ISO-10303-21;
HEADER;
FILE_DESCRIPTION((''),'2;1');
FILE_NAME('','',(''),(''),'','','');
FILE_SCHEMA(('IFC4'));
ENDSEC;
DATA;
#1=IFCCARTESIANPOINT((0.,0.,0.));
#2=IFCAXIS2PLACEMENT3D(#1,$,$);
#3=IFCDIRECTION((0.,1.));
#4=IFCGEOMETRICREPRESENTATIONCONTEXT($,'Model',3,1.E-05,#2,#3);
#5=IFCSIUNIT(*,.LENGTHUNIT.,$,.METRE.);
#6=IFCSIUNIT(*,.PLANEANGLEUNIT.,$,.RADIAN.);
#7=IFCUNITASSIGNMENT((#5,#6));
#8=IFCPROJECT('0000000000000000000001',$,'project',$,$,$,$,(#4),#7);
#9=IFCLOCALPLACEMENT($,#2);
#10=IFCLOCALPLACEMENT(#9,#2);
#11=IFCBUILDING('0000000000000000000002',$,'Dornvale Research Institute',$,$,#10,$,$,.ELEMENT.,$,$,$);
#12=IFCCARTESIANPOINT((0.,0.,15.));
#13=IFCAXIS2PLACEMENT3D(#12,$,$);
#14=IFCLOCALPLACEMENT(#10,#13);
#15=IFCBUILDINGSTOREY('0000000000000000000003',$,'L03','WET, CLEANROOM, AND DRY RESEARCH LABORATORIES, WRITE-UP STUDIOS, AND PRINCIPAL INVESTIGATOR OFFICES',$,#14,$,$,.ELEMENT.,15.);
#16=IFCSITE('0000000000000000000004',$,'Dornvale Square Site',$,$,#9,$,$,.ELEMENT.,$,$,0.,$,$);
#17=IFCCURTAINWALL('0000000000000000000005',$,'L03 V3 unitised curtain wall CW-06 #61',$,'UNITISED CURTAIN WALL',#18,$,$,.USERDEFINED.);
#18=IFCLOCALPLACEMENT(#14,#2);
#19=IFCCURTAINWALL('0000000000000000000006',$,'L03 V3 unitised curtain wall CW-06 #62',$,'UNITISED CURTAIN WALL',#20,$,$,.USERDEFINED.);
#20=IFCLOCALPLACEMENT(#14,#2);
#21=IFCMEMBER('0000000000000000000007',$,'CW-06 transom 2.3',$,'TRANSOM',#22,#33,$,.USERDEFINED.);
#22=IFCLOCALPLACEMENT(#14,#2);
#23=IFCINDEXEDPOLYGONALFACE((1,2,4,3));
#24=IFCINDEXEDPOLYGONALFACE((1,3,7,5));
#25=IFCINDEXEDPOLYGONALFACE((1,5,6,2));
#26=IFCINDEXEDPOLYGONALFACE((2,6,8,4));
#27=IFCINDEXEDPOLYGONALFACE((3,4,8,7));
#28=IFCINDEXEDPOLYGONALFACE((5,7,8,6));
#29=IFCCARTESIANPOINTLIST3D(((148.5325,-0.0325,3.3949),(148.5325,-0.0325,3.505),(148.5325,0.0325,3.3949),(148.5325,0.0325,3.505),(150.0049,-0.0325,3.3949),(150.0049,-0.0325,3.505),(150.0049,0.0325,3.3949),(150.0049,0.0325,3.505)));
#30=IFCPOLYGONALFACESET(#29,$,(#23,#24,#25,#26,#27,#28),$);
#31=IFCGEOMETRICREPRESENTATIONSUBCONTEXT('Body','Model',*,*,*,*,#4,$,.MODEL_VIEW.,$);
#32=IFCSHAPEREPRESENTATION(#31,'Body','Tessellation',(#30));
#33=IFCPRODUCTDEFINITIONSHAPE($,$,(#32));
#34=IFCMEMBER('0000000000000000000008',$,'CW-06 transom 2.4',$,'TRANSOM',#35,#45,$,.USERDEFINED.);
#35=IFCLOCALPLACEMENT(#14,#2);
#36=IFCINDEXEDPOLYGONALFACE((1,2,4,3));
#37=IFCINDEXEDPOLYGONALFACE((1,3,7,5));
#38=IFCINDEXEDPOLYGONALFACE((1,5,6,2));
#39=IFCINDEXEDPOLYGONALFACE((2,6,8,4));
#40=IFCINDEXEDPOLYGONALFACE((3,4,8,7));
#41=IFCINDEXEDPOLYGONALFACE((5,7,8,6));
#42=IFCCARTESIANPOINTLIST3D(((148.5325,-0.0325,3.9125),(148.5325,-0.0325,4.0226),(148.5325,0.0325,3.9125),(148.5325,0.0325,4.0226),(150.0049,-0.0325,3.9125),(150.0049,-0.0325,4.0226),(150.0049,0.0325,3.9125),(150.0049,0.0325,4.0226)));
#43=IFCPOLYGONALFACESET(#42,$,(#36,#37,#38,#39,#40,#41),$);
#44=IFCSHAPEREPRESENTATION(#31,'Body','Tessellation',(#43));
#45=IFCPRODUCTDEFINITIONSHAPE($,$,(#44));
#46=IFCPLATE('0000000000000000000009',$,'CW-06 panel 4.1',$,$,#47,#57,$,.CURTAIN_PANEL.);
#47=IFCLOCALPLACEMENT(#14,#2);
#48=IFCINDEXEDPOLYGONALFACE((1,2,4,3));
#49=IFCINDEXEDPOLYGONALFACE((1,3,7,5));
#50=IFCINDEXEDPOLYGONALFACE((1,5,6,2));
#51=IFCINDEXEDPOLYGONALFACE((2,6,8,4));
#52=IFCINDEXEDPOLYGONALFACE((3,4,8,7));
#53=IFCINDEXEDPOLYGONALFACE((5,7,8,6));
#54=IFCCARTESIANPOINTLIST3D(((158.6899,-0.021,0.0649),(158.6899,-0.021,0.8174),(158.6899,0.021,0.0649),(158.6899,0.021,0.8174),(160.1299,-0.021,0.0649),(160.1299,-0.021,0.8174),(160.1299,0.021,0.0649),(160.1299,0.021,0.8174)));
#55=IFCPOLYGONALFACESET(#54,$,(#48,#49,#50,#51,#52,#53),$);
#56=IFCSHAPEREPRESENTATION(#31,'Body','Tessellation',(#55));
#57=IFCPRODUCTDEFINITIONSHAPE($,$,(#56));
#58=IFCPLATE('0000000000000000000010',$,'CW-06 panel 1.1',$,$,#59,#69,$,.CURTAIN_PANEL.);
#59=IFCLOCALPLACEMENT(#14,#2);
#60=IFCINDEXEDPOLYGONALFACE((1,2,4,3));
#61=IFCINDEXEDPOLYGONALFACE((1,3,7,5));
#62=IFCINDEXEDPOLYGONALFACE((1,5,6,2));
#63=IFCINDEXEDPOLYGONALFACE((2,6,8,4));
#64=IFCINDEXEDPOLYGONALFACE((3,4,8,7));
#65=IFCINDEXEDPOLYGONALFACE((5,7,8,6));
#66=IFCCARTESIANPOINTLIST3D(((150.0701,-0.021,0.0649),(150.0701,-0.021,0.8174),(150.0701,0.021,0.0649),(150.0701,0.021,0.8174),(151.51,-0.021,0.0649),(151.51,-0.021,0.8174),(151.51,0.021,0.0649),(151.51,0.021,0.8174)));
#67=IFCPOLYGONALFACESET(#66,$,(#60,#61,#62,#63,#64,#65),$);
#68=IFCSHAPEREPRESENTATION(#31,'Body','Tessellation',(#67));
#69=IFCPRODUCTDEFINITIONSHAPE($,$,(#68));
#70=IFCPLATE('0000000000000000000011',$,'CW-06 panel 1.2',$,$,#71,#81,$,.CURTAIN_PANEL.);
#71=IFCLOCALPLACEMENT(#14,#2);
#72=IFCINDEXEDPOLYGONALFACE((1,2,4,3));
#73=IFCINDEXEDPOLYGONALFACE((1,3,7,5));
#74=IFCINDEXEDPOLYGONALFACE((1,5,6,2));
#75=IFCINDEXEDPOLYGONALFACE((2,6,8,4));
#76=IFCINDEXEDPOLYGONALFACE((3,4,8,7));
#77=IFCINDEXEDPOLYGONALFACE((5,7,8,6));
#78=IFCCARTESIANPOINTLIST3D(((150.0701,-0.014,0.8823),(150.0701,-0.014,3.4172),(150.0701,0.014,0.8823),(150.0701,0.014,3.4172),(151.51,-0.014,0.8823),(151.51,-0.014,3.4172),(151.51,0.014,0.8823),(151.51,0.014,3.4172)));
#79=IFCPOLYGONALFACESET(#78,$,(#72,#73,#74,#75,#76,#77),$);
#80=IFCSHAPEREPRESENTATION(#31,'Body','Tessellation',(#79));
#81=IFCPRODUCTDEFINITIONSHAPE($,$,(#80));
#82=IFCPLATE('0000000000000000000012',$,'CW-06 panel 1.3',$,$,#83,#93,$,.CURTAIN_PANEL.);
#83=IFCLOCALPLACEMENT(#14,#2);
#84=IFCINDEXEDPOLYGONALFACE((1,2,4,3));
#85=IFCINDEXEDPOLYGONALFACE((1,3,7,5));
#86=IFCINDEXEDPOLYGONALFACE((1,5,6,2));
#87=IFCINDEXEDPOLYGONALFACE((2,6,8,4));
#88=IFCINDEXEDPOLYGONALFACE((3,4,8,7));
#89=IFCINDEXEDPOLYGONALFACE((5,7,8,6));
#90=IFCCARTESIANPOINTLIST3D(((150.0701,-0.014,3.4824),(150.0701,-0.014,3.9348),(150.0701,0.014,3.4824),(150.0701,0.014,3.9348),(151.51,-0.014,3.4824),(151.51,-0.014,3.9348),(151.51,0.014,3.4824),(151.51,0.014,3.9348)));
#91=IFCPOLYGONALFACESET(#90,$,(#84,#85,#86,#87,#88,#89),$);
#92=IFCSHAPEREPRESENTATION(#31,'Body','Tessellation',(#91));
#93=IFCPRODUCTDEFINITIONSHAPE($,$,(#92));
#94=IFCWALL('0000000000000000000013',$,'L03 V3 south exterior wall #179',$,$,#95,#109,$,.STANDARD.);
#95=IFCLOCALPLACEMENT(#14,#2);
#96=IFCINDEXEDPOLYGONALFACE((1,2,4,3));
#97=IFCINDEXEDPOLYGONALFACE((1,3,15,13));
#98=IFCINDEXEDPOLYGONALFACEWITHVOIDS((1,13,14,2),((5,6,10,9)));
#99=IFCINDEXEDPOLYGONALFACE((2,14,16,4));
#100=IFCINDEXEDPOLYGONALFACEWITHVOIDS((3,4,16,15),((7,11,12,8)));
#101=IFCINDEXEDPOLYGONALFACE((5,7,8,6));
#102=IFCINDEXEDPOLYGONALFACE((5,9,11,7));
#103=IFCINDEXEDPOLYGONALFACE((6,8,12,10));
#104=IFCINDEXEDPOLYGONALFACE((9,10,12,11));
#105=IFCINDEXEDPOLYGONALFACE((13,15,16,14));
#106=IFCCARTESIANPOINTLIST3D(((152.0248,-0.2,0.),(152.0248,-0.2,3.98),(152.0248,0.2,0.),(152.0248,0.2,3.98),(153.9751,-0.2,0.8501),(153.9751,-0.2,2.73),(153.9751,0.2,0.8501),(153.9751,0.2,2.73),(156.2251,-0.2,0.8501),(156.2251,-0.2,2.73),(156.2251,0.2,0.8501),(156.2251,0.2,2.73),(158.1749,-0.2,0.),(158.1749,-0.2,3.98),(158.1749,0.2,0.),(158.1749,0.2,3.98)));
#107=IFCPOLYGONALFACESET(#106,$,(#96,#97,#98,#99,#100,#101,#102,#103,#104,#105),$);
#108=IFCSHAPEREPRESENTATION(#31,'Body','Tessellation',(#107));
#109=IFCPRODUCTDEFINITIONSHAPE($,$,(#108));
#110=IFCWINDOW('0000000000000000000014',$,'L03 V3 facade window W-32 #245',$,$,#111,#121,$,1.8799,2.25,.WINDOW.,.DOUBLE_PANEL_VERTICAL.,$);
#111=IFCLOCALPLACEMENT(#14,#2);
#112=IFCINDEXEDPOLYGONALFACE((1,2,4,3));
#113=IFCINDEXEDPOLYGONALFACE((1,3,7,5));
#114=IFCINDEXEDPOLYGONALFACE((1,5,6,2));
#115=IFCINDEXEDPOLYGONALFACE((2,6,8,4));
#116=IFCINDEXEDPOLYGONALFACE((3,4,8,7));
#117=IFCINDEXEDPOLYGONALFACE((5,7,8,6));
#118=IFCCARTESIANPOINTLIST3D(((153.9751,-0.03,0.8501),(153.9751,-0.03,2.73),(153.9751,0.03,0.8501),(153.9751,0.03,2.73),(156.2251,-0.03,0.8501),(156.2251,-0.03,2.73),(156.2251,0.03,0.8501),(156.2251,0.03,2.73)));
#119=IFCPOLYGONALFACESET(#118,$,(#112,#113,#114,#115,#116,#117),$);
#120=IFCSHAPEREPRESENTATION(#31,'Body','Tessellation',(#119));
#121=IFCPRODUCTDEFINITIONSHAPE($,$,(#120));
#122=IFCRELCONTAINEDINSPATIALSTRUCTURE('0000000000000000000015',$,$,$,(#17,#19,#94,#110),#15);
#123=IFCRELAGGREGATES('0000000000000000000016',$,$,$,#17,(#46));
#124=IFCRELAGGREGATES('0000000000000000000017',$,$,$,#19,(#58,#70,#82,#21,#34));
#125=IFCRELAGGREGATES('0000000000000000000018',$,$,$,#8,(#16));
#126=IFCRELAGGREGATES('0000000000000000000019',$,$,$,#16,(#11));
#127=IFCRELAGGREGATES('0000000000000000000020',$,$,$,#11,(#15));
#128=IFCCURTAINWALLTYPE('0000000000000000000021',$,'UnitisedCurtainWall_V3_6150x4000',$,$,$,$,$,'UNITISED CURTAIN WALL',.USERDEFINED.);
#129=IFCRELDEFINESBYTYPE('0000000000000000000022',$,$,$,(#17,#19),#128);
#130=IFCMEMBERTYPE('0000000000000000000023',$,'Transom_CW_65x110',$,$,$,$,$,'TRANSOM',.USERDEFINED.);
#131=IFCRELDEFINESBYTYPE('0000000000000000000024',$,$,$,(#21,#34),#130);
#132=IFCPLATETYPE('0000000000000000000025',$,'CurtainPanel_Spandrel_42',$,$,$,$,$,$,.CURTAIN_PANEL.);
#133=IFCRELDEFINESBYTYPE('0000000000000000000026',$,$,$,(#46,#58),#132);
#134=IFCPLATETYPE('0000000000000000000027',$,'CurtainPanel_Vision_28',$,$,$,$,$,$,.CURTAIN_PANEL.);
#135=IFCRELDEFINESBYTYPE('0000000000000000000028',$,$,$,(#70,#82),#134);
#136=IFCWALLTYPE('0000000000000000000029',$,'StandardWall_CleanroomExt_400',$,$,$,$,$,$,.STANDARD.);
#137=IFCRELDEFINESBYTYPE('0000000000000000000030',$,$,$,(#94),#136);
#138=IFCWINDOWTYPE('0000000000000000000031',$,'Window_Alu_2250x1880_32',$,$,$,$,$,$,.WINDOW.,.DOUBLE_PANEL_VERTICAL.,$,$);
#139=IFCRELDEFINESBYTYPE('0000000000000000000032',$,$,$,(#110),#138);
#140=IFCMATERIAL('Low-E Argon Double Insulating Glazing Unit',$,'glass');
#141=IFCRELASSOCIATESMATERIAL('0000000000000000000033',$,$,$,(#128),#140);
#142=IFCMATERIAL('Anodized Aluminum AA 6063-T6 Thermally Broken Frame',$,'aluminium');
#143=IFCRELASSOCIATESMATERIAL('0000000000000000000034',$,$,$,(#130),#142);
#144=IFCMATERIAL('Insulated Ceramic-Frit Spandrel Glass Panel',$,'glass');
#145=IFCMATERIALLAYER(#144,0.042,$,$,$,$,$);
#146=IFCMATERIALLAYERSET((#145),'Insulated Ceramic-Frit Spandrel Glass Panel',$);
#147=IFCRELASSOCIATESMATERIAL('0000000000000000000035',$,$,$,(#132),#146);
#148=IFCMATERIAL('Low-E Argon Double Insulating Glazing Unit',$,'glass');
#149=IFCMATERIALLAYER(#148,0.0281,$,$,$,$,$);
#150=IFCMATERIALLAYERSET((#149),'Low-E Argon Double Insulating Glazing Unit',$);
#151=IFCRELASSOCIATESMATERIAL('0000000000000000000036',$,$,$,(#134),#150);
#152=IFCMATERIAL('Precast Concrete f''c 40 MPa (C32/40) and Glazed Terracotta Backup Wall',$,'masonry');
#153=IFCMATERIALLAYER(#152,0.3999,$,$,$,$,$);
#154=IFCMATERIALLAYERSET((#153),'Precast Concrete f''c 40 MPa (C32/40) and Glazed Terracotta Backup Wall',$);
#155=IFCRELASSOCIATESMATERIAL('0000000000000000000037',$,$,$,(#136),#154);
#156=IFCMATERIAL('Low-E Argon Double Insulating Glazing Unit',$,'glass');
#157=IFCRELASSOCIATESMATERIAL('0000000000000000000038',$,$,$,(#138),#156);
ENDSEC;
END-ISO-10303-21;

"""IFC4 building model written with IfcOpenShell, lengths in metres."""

from ifc_helpers import new_model, si_unit, direction, frame, frame_2d, origin, origin_2d, place, context, subcontext, project, spatial, rectangle, extrude, material, layer, layer_set, material_profile, profile_set, type_object, element, fill, aggregate, save


model = new_model("IFC4")

# Units and contexts
model_context = context("Model", 3, precision=1e-05, world=origin(), true_north=direction((0.0, 1.0)))
body_context = subcontext(model_context, "Body", "Model", "MODEL_VIEW")
ifc_project = project(units=[si_unit("LENGTHUNIT", "METRE"), si_unit("PLANEANGLEUNIT", "RADIAN")], contexts=[model_context])

# Site, building, storey
site_placement = place(None, origin())
site = spatial("IfcSite", under=ifc_project, at=site_placement, Name="Dornvale Square Site", CompositionType="ELEMENT", RefElevation=0.0)
building_placement = place(site_placement, origin())
building = spatial("IfcBuilding", under=site, at=building_placement, Name="Dornvale Research Institute", CompositionType="ELEMENT")
storey_placement = place(building_placement, frame((0.0, 0.0, 15.0)))
storey = spatial("IfcBuildingStorey", under=building, at=storey_placement, Name="L03", Description="WET, CLEANROOM, AND DRY RESEARCH LABORATORIES, WRITE-UP STUDIOS, AND PRINCIPAL INVESTIGATOR OFFICES", CompositionType="ELEMENT", Elevation=15.0)

# Curtain wall
ifc_material_1 = material(Name="Low-E Argon Double Insulating Glazing Unit", Category="glass")
curtain_wall_type = type_object("IfcCurtainWallType", Name="UnitisedCurtainWall_V3_6150x4000", ElementType="UNITISED CURTAIN WALL", PredefinedType="USERDEFINED", material=ifc_material_1)
curtain_wall_1_placement = place(storey_placement, origin())
curtain_wall_1 = element("IfcCurtainWall", 1, at=curtain_wall_1_placement, inside=storey, type_object=curtain_wall_type, Name="L03 V3 unitised curtain wall CW-06 #61", ObjectType="UNITISED CURTAIN WALL", PredefinedType="USERDEFINED")

# Curtain wall
curtain_wall_2_placement = place(storey_placement, origin())
curtain_wall_2 = element("IfcCurtainWall", 2, at=curtain_wall_2_placement, inside=storey, type_object=curtain_wall_type, Name="L03 V3 unitised curtain wall CW-06 #62", ObjectType="UNITISED CURTAIN WALL", PredefinedType="USERDEFINED")

# Members
ifc_material_2 = material(Name="Anodized Aluminum AA 6063-T6 Thermally Broken Frame", Category="aluminium")
ifc_material_profile_1 = material_profile(ifc_material_2, rectangle(XDim=0.0649, YDim=0.1101, at=origin_2d()), Name="ALU TRANSOM 65x110")
ifc_profile_set_1 = profile_set([ifc_material_profile_1], Name="Anodized Aluminum AA 6063-T6 Thermally Broken Frame")
member_type_1 = type_object("IfcMemberType", Name="Transom_CW_65x110", ElementType="TRANSOM", PredefinedType="USERDEFINED", material=ifc_profile_set_1)
member_1_placement = place(storey_placement, frame((150.0049, 0.0, 3.45), z_axis=(-1.0, 0.0, 0.0), x_axis=(0.0, -1.0, 0.0)))
member_1 = element("IfcMember", 3, at=member_1_placement, type_object=member_type_1, Name="CW-06 transom 2.3", ObjectType="TRANSOM", PredefinedType="USERDEFINED", context=body_context, shape_type="SweptSolid", body=[
    extrude(rectangle(XDim=0.0649, YDim=0.1101, at=origin_2d()), origin(), (0.0, 0.0, 1.0), 1.4724),
])
member_2_placement = place(storey_placement, frame((150.0049, 0.0, 3.9675), z_axis=(-1.0, 0.0, 0.0), x_axis=(0.0, -1.0, 0.0)))
member_2 = element("IfcMember", 4, at=member_2_placement, type_object=member_type_1, Name="CW-06 transom 2.4", ObjectType="TRANSOM", PredefinedType="USERDEFINED", context=body_context, shape_type="SweptSolid", body=[
    extrude(rectangle(XDim=0.0649, YDim=0.1101, at=origin_2d()), origin(), (0.0, 0.0, 1.0), 1.4724),
])

# Plates
ifc_material_3 = material(Name="Insulated Ceramic-Frit Spandrel Glass Panel", Category="glass")
ifc_layer_1 = layer(ifc_material_3, 0.042)
ifc_layer_set_1 = layer_set([ifc_layer_1], Name="Insulated Ceramic-Frit Spandrel Glass Panel")
plate_type_1 = type_object("IfcPlateType", Name="CurtainPanel_Spandrel_42", PredefinedType="CURTAIN_PANEL", material=ifc_layer_set_1)
plate_1_placement = place(storey_placement, frame((159.4099, 0.0, 0.0649), z_axis=(0.0, 0.0, 1.0), x_axis=(-1.0, 0.0, 0.0)))
plate_1 = element("IfcPlate", 5, at=plate_1_placement, type_object=plate_type_1, Name="CW-06 panel 4.1", PredefinedType="CURTAIN_PANEL", context=body_context, shape_type="SweptSolid", body=[
    extrude(rectangle(XDim=1.4399, YDim=0.042, at=origin_2d()), origin(), (0.0, 0.0, 1.0), 0.7524),
])
aggregate(curtain_wall_1, [plate_1])
plate_2_placement = place(storey_placement, frame((150.79, 0.0, 0.0649), z_axis=(0.0, 0.0, 1.0), x_axis=(-1.0, 0.0, 0.0)))
plate_2 = element("IfcPlate", 6, at=plate_2_placement, type_object=plate_type_1, Name="CW-06 panel 1.1", PredefinedType="CURTAIN_PANEL", context=body_context, shape_type="SweptSolid", body=[
    extrude(rectangle(XDim=1.4399, YDim=0.042, at=origin_2d()), origin(), (0.0, 0.0, 1.0), 0.7524),
])
ifc_material_4 = material(Name="Low-E Argon Double Insulating Glazing Unit", Category="glass")
ifc_layer_2 = layer(ifc_material_4, 0.0281)
ifc_layer_set_2 = layer_set([ifc_layer_2], Name="Low-E Argon Double Insulating Glazing Unit")
plate_type_2 = type_object("IfcPlateType", Name="CurtainPanel_Vision_28", PredefinedType="CURTAIN_PANEL", material=ifc_layer_set_2)
plate_3_placement = place(storey_placement, frame((150.79, 0.0, 0.8823), z_axis=(0.0, 0.0, 1.0), x_axis=(-1.0, 0.0, 0.0)))
plate_3 = element("IfcPlate", 7, at=plate_3_placement, type_object=plate_type_2, Name="CW-06 panel 1.2", PredefinedType="CURTAIN_PANEL", context=body_context, shape_type="SweptSolid", body=[
    extrude(rectangle(XDim=1.4399, YDim=0.0281, at=origin_2d()), origin(), (0.0, 0.0, 1.0), 2.5349),
])
plate_4_placement = place(storey_placement, frame((150.79, 0.0, 3.4824), z_axis=(0.0, 0.0, 1.0), x_axis=(-1.0, 0.0, 0.0)))
plate_4 = element("IfcPlate", 8, at=plate_4_placement, type_object=plate_type_2, Name="CW-06 panel 1.3", PredefinedType="CURTAIN_PANEL", context=body_context, shape_type="SweptSolid", body=[
    extrude(rectangle(XDim=1.4399, YDim=0.0281, at=origin_2d()), origin(), (0.0, 0.0, 1.0), 0.4524),
])
aggregate(curtain_wall_2, [plate_2, plate_3, plate_4, member_1, member_2])

# Wall, opening, window
ifc_material_5 = material(Name="Precast Concrete f'c 40 MPa (C32/40) and Glazed Terracotta Backup Wall", Category="masonry")
ifc_layer_3 = layer(ifc_material_5, 0.3999)
ifc_layer_set_3 = layer_set([ifc_layer_3], Name="Precast Concrete f'c 40 MPa (C32/40) and Glazed Terracotta Backup Wall")
wall_type = type_object("IfcWallType", Name="StandardWall_CleanroomExt_400", PredefinedType="STANDARD", material=ifc_layer_set_3)
wall_placement = place(storey_placement, frame((158.175, 0.0, 0.0), z_axis=(0.0, 0.0, 1.0), x_axis=(-1.0, 0.0, 0.0)))
wall = element("IfcWall", 9, at=wall_placement, inside=storey, type_object=wall_type, Name="L03 V3 south exterior wall #179", PredefinedType="STANDARD", context=body_context, shape_type="SweptSolid", body=[
    extrude(rectangle(XDim=6.1501, YDim=0.3999, at=frame_2d((3.0752, 0.0))), origin(), (0.0, 0.0, 1.0), 3.98),
])
opening_placement = place(wall_placement, frame((1.95, 0.0, 0.8501)))
opening = element("IfcOpeningElement", 10, at=opening_placement, cuts=wall, PredefinedType="OPENING", context=body_context, shape_type="SweptSolid", body=[
    extrude(rectangle(XDim=2.25, YDim=1.8799, at=frame_2d((1.125, 0.9399))), frame((0.0, 0.2148, 0.0), z_axis=(0.0, -1.0, 0.0), x_axis=(1.0, 0.0, 0.0)), (0.0, 0.0, 1.0), 0.4299),
])
ifc_material_6 = material(Name="Low-E Argon Double Insulating Glazing Unit", Category="glass")
window_type = type_object("IfcWindowType", Name="Window_Alu_2250x1880_32", PartitioningType="DOUBLE_PANEL_VERTICAL", PredefinedType="WINDOW", material=ifc_material_6)
window_placement = place(opening_placement, origin())
window = element("IfcWindow", 11, at=window_placement, inside=storey, type_object=window_type, Name="L03 V3 facade window W-32 #245", OverallHeight=1.8799, OverallWidth=2.25, PartitioningType="DOUBLE_PANEL_VERTICAL", PredefinedType="WINDOW", context=body_context, shape_type="SweptSolid", body=[
    extrude(rectangle(XDim=2.25, YDim=1.8799, at=frame_2d((1.125, 0.9399))), frame((0.0, 0.03, 0.0), z_axis=(0.0, -1.0, 0.0), x_axis=(1.0, 0.0, 0.0)), (0.0, 0.0, 1.0), 0.0601),
])
fill(opening, window)

save(model, "model.ifc")
